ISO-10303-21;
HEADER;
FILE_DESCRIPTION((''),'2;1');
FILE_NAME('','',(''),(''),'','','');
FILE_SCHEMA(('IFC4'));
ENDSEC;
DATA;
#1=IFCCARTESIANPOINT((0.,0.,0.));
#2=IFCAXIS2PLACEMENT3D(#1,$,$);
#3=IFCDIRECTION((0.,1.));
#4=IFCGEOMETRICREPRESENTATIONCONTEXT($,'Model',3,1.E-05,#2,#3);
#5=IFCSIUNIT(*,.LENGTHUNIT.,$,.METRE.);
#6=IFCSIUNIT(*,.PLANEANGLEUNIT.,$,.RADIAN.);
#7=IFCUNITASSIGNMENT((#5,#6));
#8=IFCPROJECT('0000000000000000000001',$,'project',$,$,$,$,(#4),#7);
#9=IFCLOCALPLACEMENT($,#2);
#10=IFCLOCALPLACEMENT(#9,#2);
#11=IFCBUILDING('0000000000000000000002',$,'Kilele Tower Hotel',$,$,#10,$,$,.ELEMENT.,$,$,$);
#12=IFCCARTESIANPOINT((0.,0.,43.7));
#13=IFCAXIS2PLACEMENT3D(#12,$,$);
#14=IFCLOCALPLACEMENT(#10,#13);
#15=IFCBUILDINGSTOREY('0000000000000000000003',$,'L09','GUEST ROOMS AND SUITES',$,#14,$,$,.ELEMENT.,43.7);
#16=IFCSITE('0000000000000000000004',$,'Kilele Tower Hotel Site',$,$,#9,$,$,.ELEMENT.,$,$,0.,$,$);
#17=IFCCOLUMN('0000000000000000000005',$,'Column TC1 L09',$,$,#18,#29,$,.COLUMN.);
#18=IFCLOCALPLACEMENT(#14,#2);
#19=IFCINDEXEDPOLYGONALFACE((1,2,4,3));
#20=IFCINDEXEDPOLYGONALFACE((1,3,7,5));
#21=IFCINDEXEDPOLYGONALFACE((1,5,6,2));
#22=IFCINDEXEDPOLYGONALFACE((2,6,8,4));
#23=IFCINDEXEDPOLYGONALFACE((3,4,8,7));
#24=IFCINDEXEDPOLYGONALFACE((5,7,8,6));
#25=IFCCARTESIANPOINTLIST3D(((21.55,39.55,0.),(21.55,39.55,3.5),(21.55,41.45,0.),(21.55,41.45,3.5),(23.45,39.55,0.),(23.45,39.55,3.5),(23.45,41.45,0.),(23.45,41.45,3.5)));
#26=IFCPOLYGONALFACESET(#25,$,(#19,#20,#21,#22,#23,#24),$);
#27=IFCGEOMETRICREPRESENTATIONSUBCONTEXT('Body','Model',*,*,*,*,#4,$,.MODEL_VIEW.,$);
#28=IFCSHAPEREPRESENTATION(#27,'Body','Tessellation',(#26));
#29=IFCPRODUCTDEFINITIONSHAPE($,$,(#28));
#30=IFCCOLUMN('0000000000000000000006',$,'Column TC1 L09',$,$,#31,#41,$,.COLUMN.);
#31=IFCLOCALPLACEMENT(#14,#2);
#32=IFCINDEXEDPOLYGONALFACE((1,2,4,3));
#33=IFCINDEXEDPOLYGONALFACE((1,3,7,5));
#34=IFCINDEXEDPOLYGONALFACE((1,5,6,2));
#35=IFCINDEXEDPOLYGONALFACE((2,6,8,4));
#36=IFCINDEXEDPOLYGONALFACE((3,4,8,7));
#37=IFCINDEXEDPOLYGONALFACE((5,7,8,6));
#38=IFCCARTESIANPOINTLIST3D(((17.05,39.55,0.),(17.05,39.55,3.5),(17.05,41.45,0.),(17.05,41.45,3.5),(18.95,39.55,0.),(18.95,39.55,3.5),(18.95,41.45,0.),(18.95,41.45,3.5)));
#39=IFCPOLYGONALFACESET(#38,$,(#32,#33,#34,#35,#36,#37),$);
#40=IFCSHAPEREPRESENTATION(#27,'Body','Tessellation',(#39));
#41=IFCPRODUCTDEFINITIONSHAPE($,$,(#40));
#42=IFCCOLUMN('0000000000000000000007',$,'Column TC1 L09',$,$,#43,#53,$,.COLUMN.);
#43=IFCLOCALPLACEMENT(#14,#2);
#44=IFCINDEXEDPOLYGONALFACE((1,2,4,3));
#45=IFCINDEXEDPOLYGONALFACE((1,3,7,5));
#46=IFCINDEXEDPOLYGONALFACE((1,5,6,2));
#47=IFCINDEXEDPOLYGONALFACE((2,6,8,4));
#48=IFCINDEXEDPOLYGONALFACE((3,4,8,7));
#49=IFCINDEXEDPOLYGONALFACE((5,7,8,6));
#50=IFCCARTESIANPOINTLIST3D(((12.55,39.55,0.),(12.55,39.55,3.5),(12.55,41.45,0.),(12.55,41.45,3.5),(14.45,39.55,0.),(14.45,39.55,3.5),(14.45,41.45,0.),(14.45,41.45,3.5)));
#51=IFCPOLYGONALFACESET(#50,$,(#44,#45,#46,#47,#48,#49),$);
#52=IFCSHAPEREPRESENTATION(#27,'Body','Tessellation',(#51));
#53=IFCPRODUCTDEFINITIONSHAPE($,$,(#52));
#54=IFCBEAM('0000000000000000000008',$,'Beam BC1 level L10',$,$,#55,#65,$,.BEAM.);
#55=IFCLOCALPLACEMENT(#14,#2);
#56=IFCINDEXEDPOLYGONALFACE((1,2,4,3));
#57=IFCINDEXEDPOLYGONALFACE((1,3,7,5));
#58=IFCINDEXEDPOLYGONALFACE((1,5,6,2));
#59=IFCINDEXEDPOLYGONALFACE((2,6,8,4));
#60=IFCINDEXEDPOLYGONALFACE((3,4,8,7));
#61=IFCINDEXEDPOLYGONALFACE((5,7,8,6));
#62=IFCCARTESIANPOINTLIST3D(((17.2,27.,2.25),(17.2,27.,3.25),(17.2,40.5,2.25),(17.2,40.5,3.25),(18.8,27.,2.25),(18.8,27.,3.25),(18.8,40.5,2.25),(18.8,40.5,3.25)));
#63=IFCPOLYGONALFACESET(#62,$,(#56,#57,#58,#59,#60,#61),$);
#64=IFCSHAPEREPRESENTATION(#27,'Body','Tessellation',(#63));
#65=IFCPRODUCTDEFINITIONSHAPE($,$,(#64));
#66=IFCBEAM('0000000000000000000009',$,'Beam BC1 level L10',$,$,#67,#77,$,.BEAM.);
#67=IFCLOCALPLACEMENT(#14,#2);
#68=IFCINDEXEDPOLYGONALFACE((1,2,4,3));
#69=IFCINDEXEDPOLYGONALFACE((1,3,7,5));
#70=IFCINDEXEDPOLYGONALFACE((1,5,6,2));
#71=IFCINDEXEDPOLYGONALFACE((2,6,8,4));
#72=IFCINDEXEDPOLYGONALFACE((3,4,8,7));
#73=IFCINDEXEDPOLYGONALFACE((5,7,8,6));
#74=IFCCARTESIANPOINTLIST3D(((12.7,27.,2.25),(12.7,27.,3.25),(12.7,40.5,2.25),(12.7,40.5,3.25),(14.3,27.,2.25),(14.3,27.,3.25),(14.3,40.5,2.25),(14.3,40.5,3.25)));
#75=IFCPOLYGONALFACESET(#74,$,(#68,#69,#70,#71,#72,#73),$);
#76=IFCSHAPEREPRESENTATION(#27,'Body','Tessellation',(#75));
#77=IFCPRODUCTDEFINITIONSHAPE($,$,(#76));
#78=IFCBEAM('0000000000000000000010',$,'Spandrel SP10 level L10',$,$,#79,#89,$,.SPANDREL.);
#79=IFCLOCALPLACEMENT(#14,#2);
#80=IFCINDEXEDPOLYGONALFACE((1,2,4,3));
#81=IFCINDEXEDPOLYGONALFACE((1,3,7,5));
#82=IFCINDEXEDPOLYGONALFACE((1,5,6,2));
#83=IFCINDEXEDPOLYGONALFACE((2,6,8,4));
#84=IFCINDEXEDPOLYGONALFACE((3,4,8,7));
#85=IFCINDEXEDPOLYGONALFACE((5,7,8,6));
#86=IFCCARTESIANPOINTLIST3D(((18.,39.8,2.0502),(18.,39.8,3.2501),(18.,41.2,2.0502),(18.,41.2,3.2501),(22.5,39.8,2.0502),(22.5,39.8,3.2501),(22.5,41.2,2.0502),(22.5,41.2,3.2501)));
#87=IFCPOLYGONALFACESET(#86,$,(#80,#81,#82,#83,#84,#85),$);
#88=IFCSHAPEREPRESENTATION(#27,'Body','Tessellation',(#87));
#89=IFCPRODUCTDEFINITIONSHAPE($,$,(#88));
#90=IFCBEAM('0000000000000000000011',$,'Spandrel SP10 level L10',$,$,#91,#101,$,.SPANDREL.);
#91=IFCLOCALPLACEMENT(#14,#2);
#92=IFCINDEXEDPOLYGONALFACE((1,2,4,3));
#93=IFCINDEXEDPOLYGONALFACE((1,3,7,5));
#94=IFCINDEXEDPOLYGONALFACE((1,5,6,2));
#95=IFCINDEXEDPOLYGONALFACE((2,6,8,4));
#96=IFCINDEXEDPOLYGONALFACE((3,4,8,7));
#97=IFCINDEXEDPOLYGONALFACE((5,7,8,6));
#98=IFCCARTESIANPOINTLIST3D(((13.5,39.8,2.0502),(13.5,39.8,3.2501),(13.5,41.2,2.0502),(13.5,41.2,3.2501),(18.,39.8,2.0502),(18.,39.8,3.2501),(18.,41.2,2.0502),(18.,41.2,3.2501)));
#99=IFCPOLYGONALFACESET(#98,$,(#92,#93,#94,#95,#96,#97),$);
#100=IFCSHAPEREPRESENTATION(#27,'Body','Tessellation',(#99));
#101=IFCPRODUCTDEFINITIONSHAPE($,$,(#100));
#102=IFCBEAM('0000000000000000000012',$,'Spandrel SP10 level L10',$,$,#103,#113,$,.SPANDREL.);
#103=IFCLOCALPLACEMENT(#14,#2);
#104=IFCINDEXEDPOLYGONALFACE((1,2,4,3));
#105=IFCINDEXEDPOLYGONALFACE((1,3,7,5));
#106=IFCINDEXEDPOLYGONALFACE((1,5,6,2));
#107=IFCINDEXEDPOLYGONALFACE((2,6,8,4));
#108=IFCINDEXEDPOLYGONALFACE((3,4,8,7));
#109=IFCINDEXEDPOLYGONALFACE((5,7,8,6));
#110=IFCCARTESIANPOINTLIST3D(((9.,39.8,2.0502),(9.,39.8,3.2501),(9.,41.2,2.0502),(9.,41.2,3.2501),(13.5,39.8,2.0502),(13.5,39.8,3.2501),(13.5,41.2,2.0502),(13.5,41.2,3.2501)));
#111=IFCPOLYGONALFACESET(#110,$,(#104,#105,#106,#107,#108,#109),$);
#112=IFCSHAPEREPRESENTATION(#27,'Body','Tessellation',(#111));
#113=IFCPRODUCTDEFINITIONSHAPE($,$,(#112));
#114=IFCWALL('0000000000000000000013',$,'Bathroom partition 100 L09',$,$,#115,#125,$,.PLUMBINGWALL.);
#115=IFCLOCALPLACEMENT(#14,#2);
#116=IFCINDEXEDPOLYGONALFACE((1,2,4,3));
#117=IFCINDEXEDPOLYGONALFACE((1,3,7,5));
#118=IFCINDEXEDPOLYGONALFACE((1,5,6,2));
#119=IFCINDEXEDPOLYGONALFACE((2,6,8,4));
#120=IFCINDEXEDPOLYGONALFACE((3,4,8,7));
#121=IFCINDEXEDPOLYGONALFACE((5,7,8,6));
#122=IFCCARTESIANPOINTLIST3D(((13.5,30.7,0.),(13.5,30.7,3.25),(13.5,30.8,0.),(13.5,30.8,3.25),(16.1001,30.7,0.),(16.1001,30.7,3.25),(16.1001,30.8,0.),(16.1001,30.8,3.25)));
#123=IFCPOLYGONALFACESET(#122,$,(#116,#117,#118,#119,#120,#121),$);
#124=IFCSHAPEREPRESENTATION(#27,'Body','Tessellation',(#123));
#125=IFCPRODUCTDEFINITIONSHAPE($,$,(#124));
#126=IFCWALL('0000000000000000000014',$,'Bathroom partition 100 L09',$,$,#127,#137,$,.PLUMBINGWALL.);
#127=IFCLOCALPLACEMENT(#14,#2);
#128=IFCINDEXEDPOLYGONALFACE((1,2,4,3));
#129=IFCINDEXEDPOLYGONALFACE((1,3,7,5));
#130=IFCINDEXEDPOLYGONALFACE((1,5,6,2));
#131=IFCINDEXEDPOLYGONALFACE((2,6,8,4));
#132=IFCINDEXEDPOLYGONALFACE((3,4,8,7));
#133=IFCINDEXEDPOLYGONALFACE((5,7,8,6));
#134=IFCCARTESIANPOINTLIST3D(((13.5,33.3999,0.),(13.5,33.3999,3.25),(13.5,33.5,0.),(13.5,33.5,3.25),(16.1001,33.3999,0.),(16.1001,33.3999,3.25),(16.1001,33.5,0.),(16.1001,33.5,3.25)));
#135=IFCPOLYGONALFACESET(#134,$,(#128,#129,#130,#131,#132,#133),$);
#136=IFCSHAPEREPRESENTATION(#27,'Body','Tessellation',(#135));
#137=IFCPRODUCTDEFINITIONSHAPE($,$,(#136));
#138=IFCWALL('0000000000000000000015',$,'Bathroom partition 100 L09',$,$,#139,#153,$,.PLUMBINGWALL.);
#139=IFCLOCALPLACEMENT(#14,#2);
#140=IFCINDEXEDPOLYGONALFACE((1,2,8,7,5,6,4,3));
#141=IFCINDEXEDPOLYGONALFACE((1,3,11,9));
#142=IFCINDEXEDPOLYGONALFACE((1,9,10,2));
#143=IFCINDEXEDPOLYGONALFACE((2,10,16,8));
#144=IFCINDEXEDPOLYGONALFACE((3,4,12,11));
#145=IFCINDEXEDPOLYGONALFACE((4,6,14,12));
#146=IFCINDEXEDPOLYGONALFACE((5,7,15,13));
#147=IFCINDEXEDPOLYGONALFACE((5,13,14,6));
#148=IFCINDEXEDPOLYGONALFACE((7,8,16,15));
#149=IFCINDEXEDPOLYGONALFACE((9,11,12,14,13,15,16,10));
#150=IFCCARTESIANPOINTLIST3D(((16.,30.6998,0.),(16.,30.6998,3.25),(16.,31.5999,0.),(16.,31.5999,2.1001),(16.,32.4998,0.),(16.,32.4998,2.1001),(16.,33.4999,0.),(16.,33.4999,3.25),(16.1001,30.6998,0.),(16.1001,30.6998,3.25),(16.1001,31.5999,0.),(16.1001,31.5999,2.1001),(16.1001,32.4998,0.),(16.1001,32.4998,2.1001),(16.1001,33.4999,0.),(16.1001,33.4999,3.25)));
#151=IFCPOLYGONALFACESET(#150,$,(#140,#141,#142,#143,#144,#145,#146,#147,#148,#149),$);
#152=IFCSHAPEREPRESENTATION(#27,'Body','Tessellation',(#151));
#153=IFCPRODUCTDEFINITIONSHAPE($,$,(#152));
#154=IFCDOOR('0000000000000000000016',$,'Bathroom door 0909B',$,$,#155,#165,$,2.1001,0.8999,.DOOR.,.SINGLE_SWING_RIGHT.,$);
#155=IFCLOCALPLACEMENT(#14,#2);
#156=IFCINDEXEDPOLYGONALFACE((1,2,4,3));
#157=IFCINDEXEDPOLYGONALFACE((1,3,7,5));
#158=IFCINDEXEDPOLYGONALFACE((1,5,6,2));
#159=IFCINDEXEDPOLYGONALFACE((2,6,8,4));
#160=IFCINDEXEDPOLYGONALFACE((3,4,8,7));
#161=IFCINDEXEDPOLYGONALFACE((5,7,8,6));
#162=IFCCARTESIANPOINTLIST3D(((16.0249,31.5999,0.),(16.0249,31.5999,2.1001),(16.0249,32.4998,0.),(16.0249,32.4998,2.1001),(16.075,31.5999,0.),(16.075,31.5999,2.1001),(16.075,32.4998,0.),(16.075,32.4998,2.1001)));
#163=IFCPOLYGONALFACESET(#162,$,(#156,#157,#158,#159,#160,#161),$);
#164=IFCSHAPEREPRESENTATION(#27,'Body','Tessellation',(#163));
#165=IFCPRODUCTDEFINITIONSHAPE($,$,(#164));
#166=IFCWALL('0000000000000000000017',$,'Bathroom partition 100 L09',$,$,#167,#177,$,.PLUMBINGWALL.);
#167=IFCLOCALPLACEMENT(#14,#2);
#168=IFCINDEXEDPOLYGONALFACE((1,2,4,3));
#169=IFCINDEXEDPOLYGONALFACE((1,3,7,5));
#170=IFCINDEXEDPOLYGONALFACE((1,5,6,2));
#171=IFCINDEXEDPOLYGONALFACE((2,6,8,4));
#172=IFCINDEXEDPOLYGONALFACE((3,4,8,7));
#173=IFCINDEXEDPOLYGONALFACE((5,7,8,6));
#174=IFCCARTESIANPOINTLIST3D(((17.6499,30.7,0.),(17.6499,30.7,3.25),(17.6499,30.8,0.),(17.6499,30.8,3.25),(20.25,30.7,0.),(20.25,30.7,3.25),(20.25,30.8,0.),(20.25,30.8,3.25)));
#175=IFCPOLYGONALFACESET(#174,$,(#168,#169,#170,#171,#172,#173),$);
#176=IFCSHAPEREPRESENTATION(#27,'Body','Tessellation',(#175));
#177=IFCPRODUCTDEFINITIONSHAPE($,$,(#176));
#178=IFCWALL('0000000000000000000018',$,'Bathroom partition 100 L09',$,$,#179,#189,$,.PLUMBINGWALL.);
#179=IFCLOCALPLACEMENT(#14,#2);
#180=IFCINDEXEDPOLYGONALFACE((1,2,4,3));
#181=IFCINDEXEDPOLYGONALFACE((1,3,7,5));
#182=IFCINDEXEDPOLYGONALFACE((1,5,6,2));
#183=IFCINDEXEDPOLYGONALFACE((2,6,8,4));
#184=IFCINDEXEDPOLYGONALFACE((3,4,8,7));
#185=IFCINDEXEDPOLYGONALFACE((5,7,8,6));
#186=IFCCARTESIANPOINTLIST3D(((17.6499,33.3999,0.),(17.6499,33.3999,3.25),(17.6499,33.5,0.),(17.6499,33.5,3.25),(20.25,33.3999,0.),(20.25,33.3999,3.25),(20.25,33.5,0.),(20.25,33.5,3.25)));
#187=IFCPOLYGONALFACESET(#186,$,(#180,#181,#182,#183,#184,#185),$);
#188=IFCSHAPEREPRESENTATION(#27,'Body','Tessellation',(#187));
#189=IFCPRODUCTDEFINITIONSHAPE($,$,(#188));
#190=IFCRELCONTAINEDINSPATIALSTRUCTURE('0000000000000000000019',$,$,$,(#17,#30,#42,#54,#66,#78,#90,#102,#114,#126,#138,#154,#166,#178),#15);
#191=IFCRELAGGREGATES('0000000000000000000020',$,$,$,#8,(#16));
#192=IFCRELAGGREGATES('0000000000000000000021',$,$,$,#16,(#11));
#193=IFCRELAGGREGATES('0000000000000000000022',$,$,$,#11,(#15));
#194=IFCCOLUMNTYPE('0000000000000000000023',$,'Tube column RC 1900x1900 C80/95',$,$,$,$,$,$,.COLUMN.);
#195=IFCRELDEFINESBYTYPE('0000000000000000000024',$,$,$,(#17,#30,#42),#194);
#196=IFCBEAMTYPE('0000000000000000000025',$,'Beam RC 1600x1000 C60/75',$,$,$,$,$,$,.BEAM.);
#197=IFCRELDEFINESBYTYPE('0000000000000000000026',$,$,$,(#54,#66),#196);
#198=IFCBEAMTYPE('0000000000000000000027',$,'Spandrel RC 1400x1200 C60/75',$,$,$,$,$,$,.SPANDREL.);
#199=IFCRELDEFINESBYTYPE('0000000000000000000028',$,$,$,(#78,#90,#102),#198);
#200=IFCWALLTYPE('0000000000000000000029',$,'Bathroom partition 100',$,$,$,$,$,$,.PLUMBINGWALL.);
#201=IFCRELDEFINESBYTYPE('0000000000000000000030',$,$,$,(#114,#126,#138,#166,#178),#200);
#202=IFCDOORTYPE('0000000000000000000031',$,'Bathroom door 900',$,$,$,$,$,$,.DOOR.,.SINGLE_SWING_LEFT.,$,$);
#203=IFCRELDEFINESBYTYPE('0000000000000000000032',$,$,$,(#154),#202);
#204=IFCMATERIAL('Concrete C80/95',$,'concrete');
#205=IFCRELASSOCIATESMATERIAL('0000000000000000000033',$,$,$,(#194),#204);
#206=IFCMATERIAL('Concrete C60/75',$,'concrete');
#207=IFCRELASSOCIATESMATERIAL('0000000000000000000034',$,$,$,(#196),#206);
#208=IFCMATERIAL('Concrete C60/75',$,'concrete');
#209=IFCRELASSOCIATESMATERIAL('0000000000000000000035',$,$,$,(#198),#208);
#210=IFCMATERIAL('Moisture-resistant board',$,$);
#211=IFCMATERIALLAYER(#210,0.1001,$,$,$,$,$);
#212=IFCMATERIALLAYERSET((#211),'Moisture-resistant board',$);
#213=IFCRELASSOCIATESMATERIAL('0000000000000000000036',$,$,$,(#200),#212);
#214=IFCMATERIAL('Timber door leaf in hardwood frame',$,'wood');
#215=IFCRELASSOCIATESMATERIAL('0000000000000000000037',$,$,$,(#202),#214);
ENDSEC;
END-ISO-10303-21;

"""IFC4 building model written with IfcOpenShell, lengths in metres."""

from ifc_helpers import new_model, si_unit, direction, frame, frame_2d, origin, origin_2d, place, context, subcontext, project, spatial, rectangle, extrude, material, layer, layer_set, material_profile, profile_set, type_object, element, fill, save


model = new_model("IFC4")

# Units and contexts
model_context = context("Model", 3, precision=1e-05, world=origin(), true_north=direction((0.0, 1.0)))
body_context = subcontext(model_context, "Body", "Model", "MODEL_VIEW")
ifc_project = project(units=[si_unit("LENGTHUNIT", "METRE"), si_unit("PLANEANGLEUNIT", "RADIAN")], contexts=[model_context])

# Site, building, storey
site_placement = place(None, origin())
site = spatial("IfcSite", under=ifc_project, at=site_placement, Name="Kilele Tower Hotel Site", CompositionType="ELEMENT", RefElevation=0.0)
building_placement = place(site_placement, origin())
building = spatial("IfcBuilding", under=site, at=building_placement, Name="Kilele Tower Hotel", CompositionType="ELEMENT")
storey_placement = place(building_placement, frame((0.0, 0.0, 43.7)))
storey = spatial("IfcBuildingStorey", under=building, at=storey_placement, Name="L09", Description="GUEST ROOMS AND SUITES", CompositionType="ELEMENT", Elevation=43.7)

# Columns
ifc_material_1 = material(Name="Concrete C80/95", Category="concrete")
ifc_material_profile_1 = material_profile(ifc_material_1, rectangle(XDim=1.8999, YDim=1.8999, at=origin_2d()))
ifc_profile_set_1 = profile_set([ifc_material_profile_1], Name="Concrete C80/95")
column_type = type_object("IfcColumnType", Name="Tube column RC 1900x1900 C80/95", PredefinedType="COLUMN", material=ifc_profile_set_1)
for number, where, z_axis, x_axis, name in (
    (1, (22.5, 40.5, 0.0), (0.0, 0.0, 1.0), (1.0, 0.0, 0.0), "Column TC1 L09"),
    (2, (18.0, 40.5, 0.0), (0.0, 0.0, 1.0), (1.0, 0.0, 0.0), "Column TC1 L09"),
    (3, (13.5, 40.5, 0.0), (0.0, 0.0, 1.0), (1.0, 0.0, 0.0), "Column TC1 L09"),
):
    element("IfcColumn", number, at=place(storey_placement, frame(where, z_axis=z_axis, x_axis=x_axis)), inside=storey, type_object=column_type, Name=name, PredefinedType="COLUMN", context=body_context, shape_type="SweptSolid", body=[
        extrude(rectangle(XDim=1.8999, YDim=1.8999, at=origin_2d()), origin(), (0.0, 0.0, 1.0), 3.5),
    ])

# Beams
ifc_material_2 = material(Name="Concrete C60/75", Category="concrete")
ifc_material_profile_2 = material_profile(ifc_material_2, rectangle(XDim=1.6001, YDim=1.0, at=origin_2d()))
ifc_profile_set_2 = profile_set([ifc_material_profile_2], Name="Concrete C60/75")
beam_type_1 = type_object("IfcBeamType", Name="Beam RC 1600x1000 C60/75", PredefinedType="BEAM", material=ifc_profile_set_2)
for number, where, z_axis, x_axis, name in (
    (4, (18.0, 40.5, 2.75), (0.0, -1.0, 0.0), (1.0, 0.0, 0.0), "Beam BC1 level L10"),
    (5, (13.5, 40.5, 2.75), (0.0, -1.0, 0.0), (1.0, 0.0, 0.0), "Beam BC1 level L10"),
):
    element("IfcBeam", number, at=place(storey_placement, frame(where, z_axis=z_axis, x_axis=x_axis)), inside=storey, type_object=beam_type_1, Name=name, PredefinedType="BEAM", context=body_context, shape_type="SweptSolid", body=[
        extrude(rectangle(XDim=1.6001, YDim=1.0, at=origin_2d()), origin(), (0.0, 0.0, 1.0), 13.5),
    ])
ifc_material_3 = material(Name="Concrete C60/75", Category="concrete")
ifc_material_profile_3 = material_profile(ifc_material_3, rectangle(XDim=1.3999, YDim=1.2, at=origin_2d()))
ifc_profile_set_3 = profile_set([ifc_material_profile_3], Name="Concrete C60/75")
beam_type_2 = type_object("IfcBeamType", Name="Spandrel RC 1400x1200 C60/75", PredefinedType="SPANDREL", material=ifc_profile_set_3)
for number, where, z_axis, x_axis, name in (
    (6, (22.5, 40.5, 2.6501), (-1.0, 0.0, 0.0), (0.0, -1.0, 0.0), "Spandrel SP10 level L10"),
    (7, (18.0, 40.5, 2.6501), (-1.0, 0.0, 0.0), (0.0, -1.0, 0.0), "Spandrel SP10 level L10"),
    (8, (13.5, 40.5, 2.6501), (-1.0, 0.0, 0.0), (0.0, -1.0, 0.0), "Spandrel SP10 level L10"),
):
    element("IfcBeam", number, at=place(storey_placement, frame(where, z_axis=z_axis, x_axis=x_axis)), inside=storey, type_object=beam_type_2, Name=name, PredefinedType="SPANDREL", context=body_context, shape_type="SweptSolid", body=[
        extrude(rectangle(XDim=1.3999, YDim=1.2, at=origin_2d()), origin(), (0.0, 0.0, 1.0), 4.5),
    ])

# Walls
ifc_material_4 = material(Name="Moisture-resistant board")
ifc_layer_1 = layer(ifc_material_4, 0.1001)
ifc_layer_set_1 = layer_set([ifc_layer_1], Name="Moisture-resistant board")
wall_type_1 = type_object("IfcWallType", Name="Bathroom partition 100", PredefinedType="PLUMBINGWALL", material=ifc_layer_set_1)
for number, where, z_axis, x_axis, name in (
    (9, (13.5, 30.75, 0.0), (0.0, 0.0, 1.0), (1.0, 0.0, 0.0), "Bathroom partition 100 L09"),
    (10, (13.5, 33.45, 0.0), (0.0, 0.0, 1.0), (1.0, 0.0, 0.0), "Bathroom partition 100 L09"),
):
    element("IfcWall", number, at=place(storey_placement, frame(where, z_axis=z_axis, x_axis=x_axis)), inside=storey, type_object=wall_type_1, Name=name, PredefinedType="PLUMBINGWALL", context=body_context, shape_type="SweptSolid", body=[
        extrude(rectangle(XDim=2.6001, YDim=0.1001, at=frame_2d((1.3, 0.0))), origin(), (0.0, 0.0, 1.0), 3.25),
    ])

# Wall, opening, door
wall_1_placement = place(storey_placement, frame((16.05, 30.7, 0.0), z_axis=(0.0, 0.0, 1.0), x_axis=(0.0, 1.0, 0.0)))
wall_1 = element("IfcWall", 11, at=wall_1_placement, inside=storey, type_object=wall_type_1, Name="Bathroom partition 100 L09", PredefinedType="PLUMBINGWALL", context=body_context, shape_type="SweptSolid", body=[
    extrude(rectangle(XDim=2.8, YDim=0.1001, at=frame_2d((1.3999, 0.0))), origin(), (0.0, 0.0, 1.0), 3.25),
])
opening_1_placement = place(wall_1_placement, frame((1.7998, 0.0, 0.0), z_axis=(0.0, 0.0, 1.0), x_axis=(-1.0, 0.0, 0.0)))
opening_1 = element("IfcOpeningElement", 12, at=opening_1_placement, cuts=wall_1, PredefinedType="OPENING", context=body_context, shape_type="SweptSolid", body=[
    extrude(rectangle(XDim=0.8999, YDim=2.1001, at=frame_2d((0.45, 1.05))), frame((0.0, 0.0601, 0.0), z_axis=(0.0, -1.0, 0.0), x_axis=(1.0, 0.0, 0.0)), (0.0, 0.0, 1.0), 0.1201),
])
ifc_material_5 = material(Name="Timber door leaf in hardwood frame", Category="wood")
door_type_1 = type_object("IfcDoorType", Name="Bathroom door 900", OperationType="SINGLE_SWING_LEFT", PredefinedType="DOOR", material=ifc_material_5)
door_1_placement = place(opening_1_placement, origin())
door_1 = element("IfcDoor", 13, at=door_1_placement, inside=storey, type_object=door_type_1, Name="Bathroom door 0909B", OperationType="SINGLE_SWING_RIGHT", OverallHeight=2.1001, OverallWidth=0.8999, PredefinedType="DOOR", context=body_context, shape_type="SweptSolid", body=[
    extrude(rectangle(XDim=0.8999, YDim=2.1001, at=frame_2d((0.45, 1.05))), frame((0.0, 0.0249, 0.0), z_axis=(0.0, -1.0, 0.0), x_axis=(1.0, 0.0, 0.0)), (0.0, 0.0, 1.0), 0.05),
])
fill(opening_1, door_1)

# Walls
for number, where, z_axis, x_axis, name in (
    (14, (17.6499, 30.75, 0.0), (0.0, 0.0, 1.0), (1.0, 0.0, 0.0), "Bathroom partition 100 L09"),
    (15, (17.6499, 33.45, 0.0), (0.0, 0.0, 1.0), (1.0, 0.0, 0.0), "Bathroom partition 100 L09"),
):
    element("IfcWall", number, at=place(storey_placement, frame(where, z_axis=z_axis, x_axis=x_axis)), inside=storey, type_object=wall_type_1, Name=name, PredefinedType="PLUMBINGWALL", context=body_context, shape_type="SweptSolid", body=[
        extrude(rectangle(XDim=2.6001, YDim=0.1001, at=frame_2d((1.3, 0.0))), origin(), (0.0, 0.0, 1.0), 3.25),
    ])

save(model, "model.ifc")
